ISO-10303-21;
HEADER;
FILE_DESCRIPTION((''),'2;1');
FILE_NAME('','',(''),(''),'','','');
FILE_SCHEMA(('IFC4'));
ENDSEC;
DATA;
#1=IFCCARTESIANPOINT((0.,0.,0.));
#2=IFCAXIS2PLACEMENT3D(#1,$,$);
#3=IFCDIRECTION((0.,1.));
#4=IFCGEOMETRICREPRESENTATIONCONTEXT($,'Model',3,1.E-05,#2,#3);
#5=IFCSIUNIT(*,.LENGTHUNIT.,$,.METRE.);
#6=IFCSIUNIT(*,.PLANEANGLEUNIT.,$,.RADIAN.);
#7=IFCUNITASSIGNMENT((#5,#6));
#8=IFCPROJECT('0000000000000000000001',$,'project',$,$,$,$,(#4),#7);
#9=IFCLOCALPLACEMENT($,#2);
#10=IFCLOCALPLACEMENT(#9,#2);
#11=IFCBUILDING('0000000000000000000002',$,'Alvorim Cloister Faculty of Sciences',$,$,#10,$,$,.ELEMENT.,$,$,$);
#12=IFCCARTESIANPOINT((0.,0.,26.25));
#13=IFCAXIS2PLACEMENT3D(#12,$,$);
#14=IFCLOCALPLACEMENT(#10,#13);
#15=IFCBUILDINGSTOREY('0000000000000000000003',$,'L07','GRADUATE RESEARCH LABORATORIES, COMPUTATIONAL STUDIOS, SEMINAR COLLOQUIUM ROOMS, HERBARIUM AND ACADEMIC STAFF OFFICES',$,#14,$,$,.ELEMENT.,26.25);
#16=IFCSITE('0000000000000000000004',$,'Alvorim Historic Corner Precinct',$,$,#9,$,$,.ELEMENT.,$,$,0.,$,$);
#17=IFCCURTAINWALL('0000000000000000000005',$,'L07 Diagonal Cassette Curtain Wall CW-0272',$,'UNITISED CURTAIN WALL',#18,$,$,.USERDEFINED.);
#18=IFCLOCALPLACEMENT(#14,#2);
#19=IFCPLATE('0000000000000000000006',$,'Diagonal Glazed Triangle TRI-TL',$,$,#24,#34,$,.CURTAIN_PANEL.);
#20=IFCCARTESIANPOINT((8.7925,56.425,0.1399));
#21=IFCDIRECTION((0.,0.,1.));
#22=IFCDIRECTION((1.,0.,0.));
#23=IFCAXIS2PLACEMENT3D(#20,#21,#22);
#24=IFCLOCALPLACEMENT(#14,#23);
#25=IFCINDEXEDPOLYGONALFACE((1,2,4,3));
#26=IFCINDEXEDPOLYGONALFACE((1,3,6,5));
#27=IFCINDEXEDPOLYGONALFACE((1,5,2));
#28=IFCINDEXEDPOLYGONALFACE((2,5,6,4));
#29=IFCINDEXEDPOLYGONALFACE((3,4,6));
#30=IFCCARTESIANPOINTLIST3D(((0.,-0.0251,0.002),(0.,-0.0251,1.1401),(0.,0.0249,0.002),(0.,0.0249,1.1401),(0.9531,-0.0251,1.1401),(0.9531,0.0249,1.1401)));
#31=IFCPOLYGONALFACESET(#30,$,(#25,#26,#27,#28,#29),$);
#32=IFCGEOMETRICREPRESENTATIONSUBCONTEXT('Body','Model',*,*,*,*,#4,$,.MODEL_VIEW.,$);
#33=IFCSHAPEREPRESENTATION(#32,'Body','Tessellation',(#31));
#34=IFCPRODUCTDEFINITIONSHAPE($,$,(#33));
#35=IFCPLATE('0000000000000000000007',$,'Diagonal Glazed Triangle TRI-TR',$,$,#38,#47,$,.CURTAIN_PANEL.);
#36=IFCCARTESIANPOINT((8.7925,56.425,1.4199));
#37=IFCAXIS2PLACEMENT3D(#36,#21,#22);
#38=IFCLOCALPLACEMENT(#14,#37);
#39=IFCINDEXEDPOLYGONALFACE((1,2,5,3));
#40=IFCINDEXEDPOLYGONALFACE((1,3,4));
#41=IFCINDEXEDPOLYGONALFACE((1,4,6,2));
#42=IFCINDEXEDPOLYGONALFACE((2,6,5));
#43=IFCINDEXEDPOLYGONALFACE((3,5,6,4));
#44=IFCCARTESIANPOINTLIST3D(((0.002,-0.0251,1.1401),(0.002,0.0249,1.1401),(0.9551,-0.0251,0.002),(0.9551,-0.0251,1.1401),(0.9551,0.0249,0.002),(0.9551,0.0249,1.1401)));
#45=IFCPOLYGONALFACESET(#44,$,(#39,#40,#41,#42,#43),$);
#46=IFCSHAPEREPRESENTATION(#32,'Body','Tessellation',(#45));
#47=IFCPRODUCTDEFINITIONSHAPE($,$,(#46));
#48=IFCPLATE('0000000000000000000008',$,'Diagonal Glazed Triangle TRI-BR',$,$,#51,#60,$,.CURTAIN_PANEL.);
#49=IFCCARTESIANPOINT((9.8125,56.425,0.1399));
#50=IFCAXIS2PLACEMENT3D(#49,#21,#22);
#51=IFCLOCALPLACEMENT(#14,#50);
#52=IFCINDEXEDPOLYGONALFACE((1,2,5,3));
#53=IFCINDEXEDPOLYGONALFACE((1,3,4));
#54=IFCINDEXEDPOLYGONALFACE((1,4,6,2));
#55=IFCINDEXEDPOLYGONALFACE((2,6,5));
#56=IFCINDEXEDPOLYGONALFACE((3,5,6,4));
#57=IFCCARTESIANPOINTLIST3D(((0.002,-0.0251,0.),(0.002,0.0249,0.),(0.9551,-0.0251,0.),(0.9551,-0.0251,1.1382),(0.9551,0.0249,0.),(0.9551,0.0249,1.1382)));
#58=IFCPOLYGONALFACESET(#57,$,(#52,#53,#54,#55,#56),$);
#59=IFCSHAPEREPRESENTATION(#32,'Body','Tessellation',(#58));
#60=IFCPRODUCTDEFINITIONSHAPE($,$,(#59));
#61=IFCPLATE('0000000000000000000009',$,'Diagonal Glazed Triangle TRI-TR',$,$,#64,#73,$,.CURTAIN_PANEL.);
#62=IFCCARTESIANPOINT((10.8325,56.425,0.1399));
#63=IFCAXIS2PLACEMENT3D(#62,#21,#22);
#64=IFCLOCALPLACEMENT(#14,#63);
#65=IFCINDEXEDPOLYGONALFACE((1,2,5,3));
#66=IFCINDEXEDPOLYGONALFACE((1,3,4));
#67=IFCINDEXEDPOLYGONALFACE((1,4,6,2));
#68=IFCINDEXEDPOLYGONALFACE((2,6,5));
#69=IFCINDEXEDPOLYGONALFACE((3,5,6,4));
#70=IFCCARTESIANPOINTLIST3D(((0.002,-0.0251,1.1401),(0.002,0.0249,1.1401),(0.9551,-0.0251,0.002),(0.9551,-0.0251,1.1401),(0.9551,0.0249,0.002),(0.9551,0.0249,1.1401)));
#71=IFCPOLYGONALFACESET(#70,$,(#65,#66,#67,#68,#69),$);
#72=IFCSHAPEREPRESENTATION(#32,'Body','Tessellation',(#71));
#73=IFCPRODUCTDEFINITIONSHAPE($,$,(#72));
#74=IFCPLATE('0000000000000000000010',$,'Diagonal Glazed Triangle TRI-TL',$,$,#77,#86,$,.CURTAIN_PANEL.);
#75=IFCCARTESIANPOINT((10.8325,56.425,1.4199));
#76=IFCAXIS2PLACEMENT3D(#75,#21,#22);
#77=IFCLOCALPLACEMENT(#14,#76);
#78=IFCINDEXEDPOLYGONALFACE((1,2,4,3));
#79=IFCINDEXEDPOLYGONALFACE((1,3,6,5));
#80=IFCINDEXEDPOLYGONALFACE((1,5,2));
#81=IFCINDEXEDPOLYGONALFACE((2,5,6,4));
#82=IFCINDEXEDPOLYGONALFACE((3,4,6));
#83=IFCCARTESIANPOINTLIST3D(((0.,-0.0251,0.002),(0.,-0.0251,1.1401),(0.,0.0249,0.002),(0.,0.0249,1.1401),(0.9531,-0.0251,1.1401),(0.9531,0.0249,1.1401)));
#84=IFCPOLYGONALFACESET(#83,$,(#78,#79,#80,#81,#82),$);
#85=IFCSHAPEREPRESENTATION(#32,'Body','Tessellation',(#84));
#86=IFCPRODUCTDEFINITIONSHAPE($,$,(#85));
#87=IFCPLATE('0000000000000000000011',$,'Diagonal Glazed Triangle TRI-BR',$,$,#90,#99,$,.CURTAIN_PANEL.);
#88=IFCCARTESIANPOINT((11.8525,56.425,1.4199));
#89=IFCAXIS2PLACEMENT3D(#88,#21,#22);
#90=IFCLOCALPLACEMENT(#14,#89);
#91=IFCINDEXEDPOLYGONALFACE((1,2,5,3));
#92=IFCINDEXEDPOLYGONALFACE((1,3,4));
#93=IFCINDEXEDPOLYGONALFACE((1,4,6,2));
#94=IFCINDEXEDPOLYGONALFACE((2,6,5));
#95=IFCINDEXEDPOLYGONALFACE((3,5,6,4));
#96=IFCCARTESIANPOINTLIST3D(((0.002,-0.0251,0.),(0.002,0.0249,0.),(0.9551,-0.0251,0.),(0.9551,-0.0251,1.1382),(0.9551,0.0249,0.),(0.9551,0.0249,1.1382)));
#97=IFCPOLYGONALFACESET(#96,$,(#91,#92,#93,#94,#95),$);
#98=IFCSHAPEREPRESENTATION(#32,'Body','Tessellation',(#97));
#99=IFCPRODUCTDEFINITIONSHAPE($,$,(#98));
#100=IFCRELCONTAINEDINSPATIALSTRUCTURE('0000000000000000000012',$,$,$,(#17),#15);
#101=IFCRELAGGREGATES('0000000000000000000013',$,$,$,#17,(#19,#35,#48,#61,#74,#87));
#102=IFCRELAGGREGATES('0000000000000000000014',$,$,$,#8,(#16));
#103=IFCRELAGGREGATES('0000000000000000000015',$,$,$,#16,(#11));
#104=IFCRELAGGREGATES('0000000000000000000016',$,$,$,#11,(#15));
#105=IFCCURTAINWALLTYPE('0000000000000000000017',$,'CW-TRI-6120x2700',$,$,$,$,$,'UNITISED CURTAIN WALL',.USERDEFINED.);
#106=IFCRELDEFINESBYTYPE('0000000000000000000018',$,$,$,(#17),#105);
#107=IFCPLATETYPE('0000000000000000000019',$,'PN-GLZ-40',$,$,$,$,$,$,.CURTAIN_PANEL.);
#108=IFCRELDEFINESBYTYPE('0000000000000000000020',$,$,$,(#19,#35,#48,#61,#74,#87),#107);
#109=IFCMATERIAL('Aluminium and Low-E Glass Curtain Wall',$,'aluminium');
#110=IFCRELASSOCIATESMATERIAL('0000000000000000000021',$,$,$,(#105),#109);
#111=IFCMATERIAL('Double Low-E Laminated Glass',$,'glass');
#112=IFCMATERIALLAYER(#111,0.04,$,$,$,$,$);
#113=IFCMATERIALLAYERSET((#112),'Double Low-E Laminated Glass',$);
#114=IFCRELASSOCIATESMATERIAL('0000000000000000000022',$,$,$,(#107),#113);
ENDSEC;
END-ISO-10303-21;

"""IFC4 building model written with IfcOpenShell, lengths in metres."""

from ifc_helpers import new_model, si_unit, direction, frame, origin, place, context, subcontext, project, spatial, polyline, outline, extrude, material, layer, layer_set, type_object, element, aggregate, save


model = new_model("IFC4")

# Units and contexts
model_context = context("Model", 3, precision=1e-05, world=origin(), true_north=direction((0.0, 1.0)))
body_context = subcontext(model_context, "Body", "Model", "MODEL_VIEW")
ifc_project = project(units=[si_unit("LENGTHUNIT", "METRE"), si_unit("PLANEANGLEUNIT", "RADIAN")], contexts=[model_context])

# Site, building, storey
site_placement = place(None, origin())
site = spatial("IfcSite", under=ifc_project, at=site_placement, Name="Alvorim Historic Corner Precinct", CompositionType="ELEMENT", RefElevation=0.0)
building_placement = place(site_placement, origin())
building = spatial("IfcBuilding", under=site, at=building_placement, Name="Alvorim Cloister Faculty of Sciences", CompositionType="ELEMENT")
storey_placement = place(building_placement, frame((0.0, 0.0, 26.25)))
storey = spatial("IfcBuildingStorey", under=building, at=storey_placement, Name="L07", Description="GRADUATE RESEARCH LABORATORIES, COMPUTATIONAL STUDIOS, SEMINAR COLLOQUIUM ROOMS, HERBARIUM AND ACADEMIC STAFF OFFICES", CompositionType="ELEMENT", Elevation=26.25)

# Curtain wall, plates
ifc_material_1 = material(Name="Aluminium and Low-E Glass Curtain Wall", Category="aluminium")
curtain_wall_type = type_object("IfcCurtainWallType", Name="CW-TRI-6120x2700", ElementType="UNITISED CURTAIN WALL", PredefinedType="USERDEFINED", material=ifc_material_1)
curtain_wall_placement = place(storey_placement, origin())
curtain_wall = element("IfcCurtainWall", 1, at=curtain_wall_placement, inside=storey, type_object=curtain_wall_type, Name="L07 Diagonal Cassette Curtain Wall CW-0272", ObjectType="UNITISED CURTAIN WALL", PredefinedType="USERDEFINED")
ifc_material_2 = material(Name="Double Low-E Laminated Glass", Category="glass")
ifc_layer = layer(ifc_material_2, 0.04)
ifc_layer_set = layer_set([ifc_layer], Name="Double Low-E Laminated Glass")
plate_type = type_object("IfcPlateType", Name="PN-GLZ-40", PredefinedType="CURTAIN_PANEL", material=ifc_layer_set)
plate_1_placement = place(storey_placement, frame((8.7925, 56.425, 0.1399), z_axis=(0.0, 0.0, 1.0), x_axis=(1.0, 0.0, 0.0)))
plate_1 = element("IfcPlate", 2, at=plate_1_placement, type_object=plate_type, Name="Diagonal Glazed Triangle TRI-TL", PredefinedType="CURTAIN_PANEL", context=body_context, shape_type="SweptSolid", body=[
    extrude(outline(polyline([(0.9531, 1.1401), (0.0, 1.1401), (0.0, 0.002), (0.9531, 1.1401)])), frame((0.0, 0.0249, 0.0), z_axis=(0.0, -1.0, 0.0), x_axis=(1.0, 0.0, 0.0)), (0.0, 0.0, 1.0), 0.05),
])
plate_2_placement = place(storey_placement, frame((8.7925, 56.425, 1.4199), z_axis=(0.0, 0.0, 1.0), x_axis=(1.0, 0.0, 0.0)))
plate_2 = element("IfcPlate", 3, at=plate_2_placement, type_object=plate_type, Name="Diagonal Glazed Triangle TRI-TR", PredefinedType="CURTAIN_PANEL", context=body_context, shape_type="SweptSolid", body=[
    extrude(outline(polyline([(0.9551, 0.002), (0.9551, 1.1401), (0.002, 1.1401), (0.9551, 0.002)])), frame((0.0, 0.0249, 0.0), z_axis=(0.0, -1.0, 0.0), x_axis=(1.0, 0.0, 0.0)), (0.0, 0.0, 1.0), 0.05),
])
plate_3_placement = place(storey_placement, frame((9.8125, 56.425, 0.1399), z_axis=(0.0, 0.0, 1.0), x_axis=(1.0, 0.0, 0.0)))
plate_3 = element("IfcPlate", 4, at=plate_3_placement, type_object=plate_type, Name="Diagonal Glazed Triangle TRI-BR", PredefinedType="CURTAIN_PANEL", context=body_context, shape_type="SweptSolid", body=[
    extrude(outline(polyline([(0.002, 0.0), (0.9551, 0.0), (0.9551, 1.1382), (0.002, 0.0)])), frame((0.0, 0.0249, 0.0), z_axis=(0.0, -1.0, 0.0), x_axis=(1.0, 0.0, 0.0)), (0.0, 0.0, 1.0), 0.05),
])
plate_4_placement = place(storey_placement, frame((10.8325, 56.425, 0.1399), z_axis=(0.0, 0.0, 1.0), x_axis=(1.0, 0.0, 0.0)))
plate_4 = element("IfcPlate", 5, at=plate_4_placement, type_object=plate_type, Name="Diagonal Glazed Triangle TRI-TR", PredefinedType="CURTAIN_PANEL", context=body_context, shape_type="SweptSolid", body=[
    extrude(outline(polyline([(0.9551, 0.002), (0.9551, 1.1401), (0.002, 1.1401), (0.9551, 0.002)])), frame((0.0, 0.0249, 0.0), z_axis=(0.0, -1.0, 0.0), x_axis=(1.0, 0.0, 0.0)), (0.0, 0.0, 1.0), 0.05),
])
plate_5_placement = place(storey_placement, frame((10.8325, 56.425, 1.4199), z_axis=(0.0, 0.0, 1.0), x_axis=(1.0, 0.0, 0.0)))
plate_5 = element("IfcPlate", 6, at=plate_5_placement, type_object=plate_type, Name="Diagonal Glazed Triangle TRI-TL", PredefinedType="CURTAIN_PANEL", context=body_context, shape_type="SweptSolid", body=[
    extrude(outline(polyline([(0.9531, 1.1401), (0.0, 1.1401), (0.0, 0.002), (0.9531, 1.1401)])), frame((0.0, 0.0249, 0.0), z_axis=(0.0, -1.0, 0.0), x_axis=(1.0, 0.0, 0.0)), (0.0, 0.0, 1.0), 0.05),
])
plate_6_placement = place(storey_placement, frame((11.8525, 56.425, 1.4199), z_axis=(0.0, 0.0, 1.0), x_axis=(1.0, 0.0, 0.0)))
plate_6 = element("IfcPlate", 7, at=plate_6_placement, type_object=plate_type, Name="Diagonal Glazed Triangle TRI-BR", PredefinedType="CURTAIN_PANEL", context=body_context, shape_type="SweptSolid", body=[
    extrude(outline(polyline([(0.002, 0.0), (0.9551, 0.0), (0.9551, 1.1382), (0.002, 0.0)])), frame((0.0, 0.0249, 0.0), z_axis=(0.0, -1.0, 0.0), x_axis=(1.0, 0.0, 0.0)), (0.0, 0.0, 1.0), 0.05),
])
aggregate(curtain_wall, [plate_1, plate_2, plate_3, plate_4, plate_5, plate_6])

save(model, "model.ifc")
